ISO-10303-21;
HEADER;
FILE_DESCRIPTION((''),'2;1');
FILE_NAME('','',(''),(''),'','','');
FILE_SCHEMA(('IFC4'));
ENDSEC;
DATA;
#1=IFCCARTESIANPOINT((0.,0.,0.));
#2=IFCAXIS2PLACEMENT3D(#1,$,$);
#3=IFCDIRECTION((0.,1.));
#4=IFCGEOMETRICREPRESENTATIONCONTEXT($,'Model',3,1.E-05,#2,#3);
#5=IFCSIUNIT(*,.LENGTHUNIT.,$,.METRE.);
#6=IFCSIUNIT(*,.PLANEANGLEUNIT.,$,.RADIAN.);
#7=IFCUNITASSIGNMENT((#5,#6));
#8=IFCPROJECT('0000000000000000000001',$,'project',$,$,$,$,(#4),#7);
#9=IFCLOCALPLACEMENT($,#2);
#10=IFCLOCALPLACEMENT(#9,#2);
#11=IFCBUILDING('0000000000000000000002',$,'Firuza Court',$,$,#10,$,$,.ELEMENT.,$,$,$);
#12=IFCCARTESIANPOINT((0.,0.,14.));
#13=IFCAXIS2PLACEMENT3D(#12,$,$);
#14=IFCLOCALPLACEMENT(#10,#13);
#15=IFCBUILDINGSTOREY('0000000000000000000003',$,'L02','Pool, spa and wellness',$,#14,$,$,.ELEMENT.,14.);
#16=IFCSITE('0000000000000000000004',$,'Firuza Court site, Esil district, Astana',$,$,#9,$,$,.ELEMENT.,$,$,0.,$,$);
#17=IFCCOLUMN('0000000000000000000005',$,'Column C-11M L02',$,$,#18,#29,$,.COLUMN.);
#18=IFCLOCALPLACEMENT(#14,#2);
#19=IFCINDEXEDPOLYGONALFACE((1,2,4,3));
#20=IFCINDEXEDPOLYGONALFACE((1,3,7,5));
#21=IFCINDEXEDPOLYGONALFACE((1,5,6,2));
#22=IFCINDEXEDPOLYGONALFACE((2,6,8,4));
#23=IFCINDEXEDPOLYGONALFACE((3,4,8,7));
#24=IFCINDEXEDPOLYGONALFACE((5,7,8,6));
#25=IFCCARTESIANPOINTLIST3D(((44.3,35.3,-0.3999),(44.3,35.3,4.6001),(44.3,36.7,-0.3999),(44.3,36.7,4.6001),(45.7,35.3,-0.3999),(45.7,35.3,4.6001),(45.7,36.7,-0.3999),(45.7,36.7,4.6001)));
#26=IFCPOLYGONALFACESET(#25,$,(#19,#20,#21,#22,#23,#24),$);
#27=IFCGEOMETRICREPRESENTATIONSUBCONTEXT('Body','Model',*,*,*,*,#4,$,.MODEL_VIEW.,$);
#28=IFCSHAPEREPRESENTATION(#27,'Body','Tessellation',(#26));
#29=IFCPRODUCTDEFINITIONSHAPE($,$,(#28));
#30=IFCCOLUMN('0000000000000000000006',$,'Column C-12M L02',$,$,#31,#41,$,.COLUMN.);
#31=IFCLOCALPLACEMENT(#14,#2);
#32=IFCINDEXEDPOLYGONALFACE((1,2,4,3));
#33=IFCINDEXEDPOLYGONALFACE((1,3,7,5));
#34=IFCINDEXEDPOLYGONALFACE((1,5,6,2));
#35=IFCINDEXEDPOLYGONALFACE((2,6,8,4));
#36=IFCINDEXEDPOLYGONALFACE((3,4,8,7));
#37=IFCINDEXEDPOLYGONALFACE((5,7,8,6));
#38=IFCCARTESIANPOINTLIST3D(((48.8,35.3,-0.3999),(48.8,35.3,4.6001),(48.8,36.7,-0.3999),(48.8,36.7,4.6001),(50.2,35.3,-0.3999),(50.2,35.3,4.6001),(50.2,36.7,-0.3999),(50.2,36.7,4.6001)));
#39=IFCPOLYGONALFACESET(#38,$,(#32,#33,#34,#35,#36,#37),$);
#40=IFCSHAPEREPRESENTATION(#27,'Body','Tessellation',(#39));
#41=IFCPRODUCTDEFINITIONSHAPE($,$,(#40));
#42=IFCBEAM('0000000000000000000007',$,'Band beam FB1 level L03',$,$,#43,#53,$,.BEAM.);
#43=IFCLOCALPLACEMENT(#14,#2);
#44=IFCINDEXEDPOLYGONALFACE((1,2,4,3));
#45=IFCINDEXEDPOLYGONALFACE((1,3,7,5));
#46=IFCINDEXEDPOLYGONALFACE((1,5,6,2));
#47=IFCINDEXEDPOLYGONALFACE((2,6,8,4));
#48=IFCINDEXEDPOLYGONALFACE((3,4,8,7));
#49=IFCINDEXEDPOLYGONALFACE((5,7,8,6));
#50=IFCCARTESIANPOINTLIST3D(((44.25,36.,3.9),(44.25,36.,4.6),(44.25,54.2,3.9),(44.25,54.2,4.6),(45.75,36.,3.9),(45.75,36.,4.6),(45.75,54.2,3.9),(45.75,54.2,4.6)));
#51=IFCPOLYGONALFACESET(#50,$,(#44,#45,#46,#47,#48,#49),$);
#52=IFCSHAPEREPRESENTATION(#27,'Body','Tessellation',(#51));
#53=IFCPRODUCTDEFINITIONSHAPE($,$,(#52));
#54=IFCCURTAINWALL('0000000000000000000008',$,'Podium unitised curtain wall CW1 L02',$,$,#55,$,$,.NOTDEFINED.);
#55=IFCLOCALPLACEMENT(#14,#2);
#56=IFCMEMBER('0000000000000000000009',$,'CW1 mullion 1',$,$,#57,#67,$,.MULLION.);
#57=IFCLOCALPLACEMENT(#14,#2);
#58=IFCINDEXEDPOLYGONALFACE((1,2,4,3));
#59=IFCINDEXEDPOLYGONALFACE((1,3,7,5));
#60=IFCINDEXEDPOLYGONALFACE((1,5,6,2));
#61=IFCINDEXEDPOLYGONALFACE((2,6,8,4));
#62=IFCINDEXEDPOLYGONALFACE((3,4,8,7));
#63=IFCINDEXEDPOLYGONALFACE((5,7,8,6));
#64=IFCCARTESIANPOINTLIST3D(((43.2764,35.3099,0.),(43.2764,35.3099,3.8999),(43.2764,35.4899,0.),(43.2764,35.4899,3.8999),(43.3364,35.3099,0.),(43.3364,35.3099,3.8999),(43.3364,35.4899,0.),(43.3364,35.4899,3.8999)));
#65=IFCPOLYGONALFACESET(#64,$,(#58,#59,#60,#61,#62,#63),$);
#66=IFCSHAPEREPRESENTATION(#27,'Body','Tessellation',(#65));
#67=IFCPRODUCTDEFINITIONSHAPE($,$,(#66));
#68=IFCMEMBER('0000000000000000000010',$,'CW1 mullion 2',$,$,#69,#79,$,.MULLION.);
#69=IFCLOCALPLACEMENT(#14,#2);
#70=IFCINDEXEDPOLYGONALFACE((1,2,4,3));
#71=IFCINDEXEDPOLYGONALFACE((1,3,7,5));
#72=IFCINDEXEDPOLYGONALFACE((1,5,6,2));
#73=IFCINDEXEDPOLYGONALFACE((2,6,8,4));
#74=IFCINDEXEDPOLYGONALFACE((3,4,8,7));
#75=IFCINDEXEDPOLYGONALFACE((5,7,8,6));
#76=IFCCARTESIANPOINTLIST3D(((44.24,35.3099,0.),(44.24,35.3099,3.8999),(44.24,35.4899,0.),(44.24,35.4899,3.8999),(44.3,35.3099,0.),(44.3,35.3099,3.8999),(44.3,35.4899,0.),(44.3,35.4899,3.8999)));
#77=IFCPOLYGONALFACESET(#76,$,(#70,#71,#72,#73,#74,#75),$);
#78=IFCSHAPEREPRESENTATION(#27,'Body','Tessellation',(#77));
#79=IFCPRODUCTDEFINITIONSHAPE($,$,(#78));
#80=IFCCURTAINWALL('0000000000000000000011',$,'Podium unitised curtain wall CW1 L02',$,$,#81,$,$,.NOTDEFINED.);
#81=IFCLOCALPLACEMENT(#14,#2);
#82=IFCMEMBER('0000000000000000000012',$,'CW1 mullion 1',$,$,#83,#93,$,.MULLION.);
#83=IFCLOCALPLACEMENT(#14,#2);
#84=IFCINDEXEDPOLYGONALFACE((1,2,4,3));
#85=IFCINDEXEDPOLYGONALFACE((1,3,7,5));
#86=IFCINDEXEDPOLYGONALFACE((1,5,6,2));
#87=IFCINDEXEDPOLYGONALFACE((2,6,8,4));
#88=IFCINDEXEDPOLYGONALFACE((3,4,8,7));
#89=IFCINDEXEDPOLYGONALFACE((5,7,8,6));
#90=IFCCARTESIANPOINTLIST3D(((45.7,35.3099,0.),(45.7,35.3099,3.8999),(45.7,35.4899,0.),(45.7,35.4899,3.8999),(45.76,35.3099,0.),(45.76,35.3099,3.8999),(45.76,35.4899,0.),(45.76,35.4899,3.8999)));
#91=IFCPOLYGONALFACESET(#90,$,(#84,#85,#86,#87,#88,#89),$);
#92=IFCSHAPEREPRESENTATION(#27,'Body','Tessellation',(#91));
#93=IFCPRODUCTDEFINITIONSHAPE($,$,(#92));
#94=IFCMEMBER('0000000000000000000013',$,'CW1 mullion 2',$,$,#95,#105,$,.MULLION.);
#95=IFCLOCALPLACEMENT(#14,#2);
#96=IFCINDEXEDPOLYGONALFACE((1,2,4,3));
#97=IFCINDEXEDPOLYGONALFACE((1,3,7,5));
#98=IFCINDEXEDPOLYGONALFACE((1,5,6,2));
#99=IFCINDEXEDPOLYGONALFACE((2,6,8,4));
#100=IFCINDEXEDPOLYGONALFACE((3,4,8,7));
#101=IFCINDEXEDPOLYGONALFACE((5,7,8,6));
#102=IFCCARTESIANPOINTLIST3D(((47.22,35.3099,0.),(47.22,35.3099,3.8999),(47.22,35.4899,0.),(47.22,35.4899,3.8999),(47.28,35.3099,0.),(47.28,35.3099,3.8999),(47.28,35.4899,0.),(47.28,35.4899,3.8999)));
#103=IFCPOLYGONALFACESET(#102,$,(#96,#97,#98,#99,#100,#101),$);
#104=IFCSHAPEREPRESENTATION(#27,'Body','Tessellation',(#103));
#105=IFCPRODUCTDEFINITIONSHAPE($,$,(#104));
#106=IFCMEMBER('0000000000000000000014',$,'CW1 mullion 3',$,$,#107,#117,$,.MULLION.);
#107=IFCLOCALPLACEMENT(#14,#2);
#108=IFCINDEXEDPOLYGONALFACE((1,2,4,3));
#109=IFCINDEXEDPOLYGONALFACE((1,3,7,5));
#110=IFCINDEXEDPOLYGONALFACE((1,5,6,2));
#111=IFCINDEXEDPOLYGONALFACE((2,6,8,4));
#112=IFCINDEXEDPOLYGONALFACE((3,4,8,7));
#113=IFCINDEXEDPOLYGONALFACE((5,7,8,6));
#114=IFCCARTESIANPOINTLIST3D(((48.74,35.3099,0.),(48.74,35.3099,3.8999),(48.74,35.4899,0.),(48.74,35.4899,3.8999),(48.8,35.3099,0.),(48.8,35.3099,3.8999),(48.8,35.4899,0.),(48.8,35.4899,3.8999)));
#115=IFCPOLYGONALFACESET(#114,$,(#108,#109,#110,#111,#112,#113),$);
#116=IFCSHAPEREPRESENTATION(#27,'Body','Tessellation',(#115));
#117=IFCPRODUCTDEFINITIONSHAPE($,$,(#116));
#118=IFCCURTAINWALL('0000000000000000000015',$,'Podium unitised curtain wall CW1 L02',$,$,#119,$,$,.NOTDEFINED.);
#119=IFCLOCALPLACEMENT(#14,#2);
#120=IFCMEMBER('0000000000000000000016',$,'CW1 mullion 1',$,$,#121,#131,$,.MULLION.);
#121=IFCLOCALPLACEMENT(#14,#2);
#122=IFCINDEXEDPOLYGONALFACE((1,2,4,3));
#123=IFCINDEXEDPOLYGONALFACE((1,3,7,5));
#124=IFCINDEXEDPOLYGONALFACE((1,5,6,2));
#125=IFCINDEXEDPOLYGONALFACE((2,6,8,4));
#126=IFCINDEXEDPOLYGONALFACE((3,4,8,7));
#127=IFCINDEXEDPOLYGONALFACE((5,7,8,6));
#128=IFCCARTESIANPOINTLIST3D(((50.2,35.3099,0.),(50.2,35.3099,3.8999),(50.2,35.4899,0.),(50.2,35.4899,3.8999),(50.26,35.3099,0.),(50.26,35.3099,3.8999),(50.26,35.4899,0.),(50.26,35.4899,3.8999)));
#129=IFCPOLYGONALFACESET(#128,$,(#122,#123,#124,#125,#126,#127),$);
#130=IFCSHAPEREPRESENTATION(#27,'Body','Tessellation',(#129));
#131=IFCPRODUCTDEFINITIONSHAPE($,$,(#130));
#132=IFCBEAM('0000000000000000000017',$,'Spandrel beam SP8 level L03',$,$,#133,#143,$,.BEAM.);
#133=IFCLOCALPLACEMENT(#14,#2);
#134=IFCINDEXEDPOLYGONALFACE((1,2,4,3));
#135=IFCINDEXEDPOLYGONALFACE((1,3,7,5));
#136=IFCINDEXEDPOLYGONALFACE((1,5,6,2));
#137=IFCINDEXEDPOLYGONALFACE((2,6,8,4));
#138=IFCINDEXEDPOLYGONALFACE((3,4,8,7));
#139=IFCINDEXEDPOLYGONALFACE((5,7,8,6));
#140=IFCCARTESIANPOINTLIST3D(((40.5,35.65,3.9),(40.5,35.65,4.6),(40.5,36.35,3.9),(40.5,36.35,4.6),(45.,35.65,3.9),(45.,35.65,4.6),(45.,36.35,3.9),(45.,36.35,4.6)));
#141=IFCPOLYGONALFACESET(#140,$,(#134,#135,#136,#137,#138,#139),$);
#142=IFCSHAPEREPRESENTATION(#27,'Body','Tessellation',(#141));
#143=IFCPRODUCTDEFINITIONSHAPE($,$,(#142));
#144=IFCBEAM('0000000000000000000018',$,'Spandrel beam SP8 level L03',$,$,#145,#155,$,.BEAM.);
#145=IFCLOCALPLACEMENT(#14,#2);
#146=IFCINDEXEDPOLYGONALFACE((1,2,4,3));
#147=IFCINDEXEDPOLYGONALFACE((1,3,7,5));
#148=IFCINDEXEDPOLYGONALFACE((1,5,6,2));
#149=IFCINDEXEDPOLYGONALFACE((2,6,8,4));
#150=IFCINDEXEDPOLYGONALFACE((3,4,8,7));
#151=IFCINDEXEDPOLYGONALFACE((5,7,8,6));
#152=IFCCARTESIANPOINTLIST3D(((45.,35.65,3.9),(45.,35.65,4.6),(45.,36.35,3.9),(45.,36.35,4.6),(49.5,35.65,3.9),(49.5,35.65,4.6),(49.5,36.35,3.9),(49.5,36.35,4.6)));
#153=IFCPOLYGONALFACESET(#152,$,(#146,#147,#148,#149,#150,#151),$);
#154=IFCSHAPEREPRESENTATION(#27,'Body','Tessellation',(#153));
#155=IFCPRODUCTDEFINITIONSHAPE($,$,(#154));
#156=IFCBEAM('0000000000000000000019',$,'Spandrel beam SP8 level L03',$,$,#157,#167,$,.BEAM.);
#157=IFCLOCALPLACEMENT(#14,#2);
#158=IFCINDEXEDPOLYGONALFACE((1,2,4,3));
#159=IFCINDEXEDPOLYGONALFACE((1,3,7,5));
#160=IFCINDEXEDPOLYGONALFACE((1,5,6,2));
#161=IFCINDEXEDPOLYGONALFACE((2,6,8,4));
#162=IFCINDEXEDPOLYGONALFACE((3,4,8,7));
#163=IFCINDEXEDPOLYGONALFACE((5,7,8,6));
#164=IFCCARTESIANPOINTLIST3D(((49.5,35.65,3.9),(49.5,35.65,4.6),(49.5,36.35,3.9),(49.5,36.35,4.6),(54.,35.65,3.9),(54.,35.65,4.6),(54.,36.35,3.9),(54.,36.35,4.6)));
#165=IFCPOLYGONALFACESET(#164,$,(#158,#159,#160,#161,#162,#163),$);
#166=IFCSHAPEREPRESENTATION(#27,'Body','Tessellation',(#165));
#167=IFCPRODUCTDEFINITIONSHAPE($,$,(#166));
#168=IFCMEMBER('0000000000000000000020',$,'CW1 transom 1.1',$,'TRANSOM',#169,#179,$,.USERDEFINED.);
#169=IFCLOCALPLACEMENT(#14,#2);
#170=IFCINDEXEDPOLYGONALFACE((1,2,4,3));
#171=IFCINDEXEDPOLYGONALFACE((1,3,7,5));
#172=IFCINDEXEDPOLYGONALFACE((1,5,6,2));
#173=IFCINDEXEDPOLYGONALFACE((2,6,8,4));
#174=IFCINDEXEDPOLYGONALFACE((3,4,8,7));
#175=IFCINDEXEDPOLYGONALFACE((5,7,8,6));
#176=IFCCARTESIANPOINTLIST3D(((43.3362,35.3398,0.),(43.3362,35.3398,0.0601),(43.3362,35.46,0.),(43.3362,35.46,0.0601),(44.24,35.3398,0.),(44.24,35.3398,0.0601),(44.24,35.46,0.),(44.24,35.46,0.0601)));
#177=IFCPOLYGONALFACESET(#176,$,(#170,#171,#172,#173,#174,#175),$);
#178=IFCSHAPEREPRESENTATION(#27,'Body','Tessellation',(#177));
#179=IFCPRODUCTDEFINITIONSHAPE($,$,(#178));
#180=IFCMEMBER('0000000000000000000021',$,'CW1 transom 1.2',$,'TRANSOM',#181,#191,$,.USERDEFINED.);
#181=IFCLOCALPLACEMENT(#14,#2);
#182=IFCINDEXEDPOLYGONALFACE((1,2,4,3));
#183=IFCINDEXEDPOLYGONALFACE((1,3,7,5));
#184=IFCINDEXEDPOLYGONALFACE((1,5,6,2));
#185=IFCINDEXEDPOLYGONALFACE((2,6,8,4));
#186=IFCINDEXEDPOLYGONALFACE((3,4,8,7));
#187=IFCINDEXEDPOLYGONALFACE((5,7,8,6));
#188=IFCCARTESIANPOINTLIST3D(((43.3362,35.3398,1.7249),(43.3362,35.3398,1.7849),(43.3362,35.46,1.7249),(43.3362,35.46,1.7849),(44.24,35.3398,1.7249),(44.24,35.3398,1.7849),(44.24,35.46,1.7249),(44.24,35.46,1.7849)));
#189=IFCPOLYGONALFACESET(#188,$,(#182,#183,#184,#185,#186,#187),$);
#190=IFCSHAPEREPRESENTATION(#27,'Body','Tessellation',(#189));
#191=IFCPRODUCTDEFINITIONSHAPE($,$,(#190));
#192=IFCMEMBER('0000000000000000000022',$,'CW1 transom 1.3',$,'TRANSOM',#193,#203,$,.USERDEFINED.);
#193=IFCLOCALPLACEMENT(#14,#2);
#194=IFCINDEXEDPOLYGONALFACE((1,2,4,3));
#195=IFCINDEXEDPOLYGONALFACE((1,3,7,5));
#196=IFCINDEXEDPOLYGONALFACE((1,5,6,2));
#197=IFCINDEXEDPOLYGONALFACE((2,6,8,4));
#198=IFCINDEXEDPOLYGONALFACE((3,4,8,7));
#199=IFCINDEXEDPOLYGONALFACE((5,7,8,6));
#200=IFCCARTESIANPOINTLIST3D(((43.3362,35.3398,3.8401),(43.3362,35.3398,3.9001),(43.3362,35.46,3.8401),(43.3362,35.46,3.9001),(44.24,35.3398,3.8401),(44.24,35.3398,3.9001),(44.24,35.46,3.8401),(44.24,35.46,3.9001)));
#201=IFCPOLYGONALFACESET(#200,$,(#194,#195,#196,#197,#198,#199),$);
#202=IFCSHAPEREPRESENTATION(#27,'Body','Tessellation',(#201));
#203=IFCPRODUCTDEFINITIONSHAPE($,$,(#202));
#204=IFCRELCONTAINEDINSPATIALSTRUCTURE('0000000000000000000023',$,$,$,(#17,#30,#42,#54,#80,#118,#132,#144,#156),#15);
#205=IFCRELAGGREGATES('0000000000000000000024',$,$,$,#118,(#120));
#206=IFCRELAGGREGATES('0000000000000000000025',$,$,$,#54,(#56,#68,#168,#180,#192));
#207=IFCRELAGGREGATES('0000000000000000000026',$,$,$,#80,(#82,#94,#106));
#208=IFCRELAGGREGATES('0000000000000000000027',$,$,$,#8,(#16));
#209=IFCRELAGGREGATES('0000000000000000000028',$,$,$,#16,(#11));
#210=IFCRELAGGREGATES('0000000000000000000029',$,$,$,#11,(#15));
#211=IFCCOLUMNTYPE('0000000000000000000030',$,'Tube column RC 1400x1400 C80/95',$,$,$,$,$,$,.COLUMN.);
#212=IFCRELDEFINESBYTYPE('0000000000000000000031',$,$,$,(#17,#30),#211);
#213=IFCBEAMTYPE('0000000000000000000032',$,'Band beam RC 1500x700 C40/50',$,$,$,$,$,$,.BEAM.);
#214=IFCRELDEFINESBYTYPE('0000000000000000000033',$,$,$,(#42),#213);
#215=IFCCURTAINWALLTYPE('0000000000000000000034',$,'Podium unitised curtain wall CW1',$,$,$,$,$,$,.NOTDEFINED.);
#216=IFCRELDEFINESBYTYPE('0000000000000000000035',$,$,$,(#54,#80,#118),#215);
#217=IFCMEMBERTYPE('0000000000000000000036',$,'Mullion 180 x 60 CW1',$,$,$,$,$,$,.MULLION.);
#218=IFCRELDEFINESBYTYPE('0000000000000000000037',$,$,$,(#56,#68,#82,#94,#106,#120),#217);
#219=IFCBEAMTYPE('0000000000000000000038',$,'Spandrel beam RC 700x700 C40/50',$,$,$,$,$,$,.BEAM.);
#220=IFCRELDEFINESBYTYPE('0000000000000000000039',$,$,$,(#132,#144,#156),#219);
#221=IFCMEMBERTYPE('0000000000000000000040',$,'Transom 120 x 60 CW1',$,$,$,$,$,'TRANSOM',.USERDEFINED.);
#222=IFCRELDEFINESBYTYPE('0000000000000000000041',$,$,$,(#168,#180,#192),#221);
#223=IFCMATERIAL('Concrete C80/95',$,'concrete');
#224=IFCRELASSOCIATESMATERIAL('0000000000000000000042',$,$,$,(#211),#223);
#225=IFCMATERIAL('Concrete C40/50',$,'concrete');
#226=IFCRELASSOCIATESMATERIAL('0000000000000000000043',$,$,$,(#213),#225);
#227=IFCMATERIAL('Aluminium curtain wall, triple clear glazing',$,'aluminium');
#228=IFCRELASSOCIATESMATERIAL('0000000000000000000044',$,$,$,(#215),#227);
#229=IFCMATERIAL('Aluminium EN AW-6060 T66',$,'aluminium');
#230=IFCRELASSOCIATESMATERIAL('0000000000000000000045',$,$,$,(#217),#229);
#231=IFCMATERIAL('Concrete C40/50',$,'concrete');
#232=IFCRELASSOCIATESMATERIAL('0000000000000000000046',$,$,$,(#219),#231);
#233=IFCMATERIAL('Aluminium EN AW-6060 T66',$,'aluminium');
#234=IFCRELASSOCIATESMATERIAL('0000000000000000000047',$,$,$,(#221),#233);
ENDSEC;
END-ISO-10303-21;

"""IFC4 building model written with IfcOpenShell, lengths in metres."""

from ifc_helpers import new_model, si_unit, direction, frame, origin, origin_2d, place, context, subcontext, project, spatial, rectangle, extrude, material, material_profile, profile_set, type_object, element, aggregate, save


model = new_model("IFC4")

# Units and contexts
model_context = context("Model", 3, precision=1e-05, world=origin(), true_north=direction((0.0, 1.0)))
body_context = subcontext(model_context, "Body", "Model", "MODEL_VIEW")
ifc_project = project(units=[si_unit("LENGTHUNIT", "METRE"), si_unit("PLANEANGLEUNIT", "RADIAN")], contexts=[model_context])

# Site, building, storey
site_placement = place(None, origin())
site = spatial("IfcSite", under=ifc_project, at=site_placement, Name="Firuza Court site, Esil district, Astana", CompositionType="ELEMENT", RefElevation=0.0)
building_placement = place(site_placement, origin())
building = spatial("IfcBuilding", under=site, at=building_placement, Name="Firuza Court", CompositionType="ELEMENT")
storey_placement = place(building_placement, frame((0.0, 0.0, 14.0)))
storey = spatial("IfcBuildingStorey", under=building, at=storey_placement, Name="L02", Description="Pool, spa and wellness", CompositionType="ELEMENT", Elevation=14.0)

# Columns
ifc_material_1 = material(Name="Concrete C80/95", Category="concrete")
ifc_material_profile_1 = material_profile(ifc_material_1, rectangle(XDim=1.3999, YDim=1.3999, at=origin_2d()), Name="RC 1400x1400")
ifc_profile_set_1 = profile_set([ifc_material_profile_1], Name="Concrete C80/95")
column_type = type_object("IfcColumnType", Name="Tube column RC 1400x1400 C80/95", PredefinedType="COLUMN", material=ifc_profile_set_1)
for number, where, z_axis, x_axis, name in (
    (1, (45.0, 36.0, -0.3999), (0.0, 0.0, 1.0), (1.0, 0.0, 0.0), "Column C-11M L02"),
    (2, (49.5, 36.0, -0.3999), (0.0, 0.0, 1.0), (1.0, 0.0, 0.0), "Column C-12M L02"),
):
    element("IfcColumn", number, at=place(storey_placement, frame(where, z_axis=z_axis, x_axis=x_axis)), inside=storey, type_object=column_type, Name=name, PredefinedType="COLUMN", context=body_context, shape_type="SweptSolid", body=[
        extrude(rectangle(XDim=1.3999, YDim=1.3999, at=origin_2d()), origin(), (0.0, 0.0, 1.0), 5.0),
    ])

# Beam
ifc_material_2 = material(Name="Concrete C40/50", Category="concrete")
ifc_material_profile_2 = material_profile(ifc_material_2, rectangle(XDim=1.5, YDim=0.7, at=origin_2d()), Name="RC 1500x700")
ifc_profile_set_2 = profile_set([ifc_material_profile_2], Name="Concrete C40/50")
beam_type_1 = type_object("IfcBeamType", Name="Band beam RC 1500x700 C40/50", PredefinedType="BEAM", material=ifc_profile_set_2)
beam_placement = place(storey_placement, frame((45.0, 36.0, 4.25), z_axis=(0.0, 1.0, 0.0), x_axis=(-1.0, 0.0, 0.0)))
element("IfcBeam", 3, at=beam_placement, inside=storey, type_object=beam_type_1, Name="Band beam FB1 level L03", PredefinedType="BEAM", context=body_context, shape_type="SweptSolid", body=[
    extrude(rectangle(XDim=1.5, YDim=0.7, at=origin_2d()), origin(), (0.0, 0.0, 1.0), 18.2),
])

# Curtain walls, members
ifc_material_3 = material(Name="Aluminium curtain wall, triple clear glazing", Category="aluminium")
curtain_wall_type = type_object("IfcCurtainWallType", Name="Podium unitised curtain wall CW1", PredefinedType="NOTDEFINED", material=ifc_material_3)
curtain_wall_1_placement = place(storey_placement, origin())
curtain_wall_1 = element("IfcCurtainWall", 4, at=curtain_wall_1_placement, inside=storey, type_object=curtain_wall_type, Name="Podium unitised curtain wall CW1 L02", PredefinedType="NOTDEFINED")
ifc_material_4 = material(Name="Aluminium EN AW-6060 T66", Category="aluminium")
ifc_material_profile_3 = material_profile(ifc_material_4, rectangle(XDim=0.1799, YDim=0.0601, at=origin_2d()), Name="Mullion 180 x 60 CW1")
ifc_profile_set_3 = profile_set([ifc_material_profile_3], Name="Aluminium EN AW-6060 T66")
member_type_1 = type_object("IfcMemberType", Name="Mullion 180 x 60 CW1", PredefinedType="MULLION", material=ifc_profile_set_3)
member_1_placement = place(storey_placement, frame((43.3064, 35.3999, 0.0), z_axis=(0.0, 0.0, 1.0), x_axis=(0.0, 1.0, 0.0)))
member_1 = element("IfcMember", 5, at=member_1_placement, type_object=member_type_1, Name="CW1 mullion 1", PredefinedType="MULLION", context=body_context, shape_type="SweptSolid", body=[
    extrude(rectangle(XDim=0.1799, YDim=0.0601, at=origin_2d()), origin(), (0.0, 0.0, 1.0), 3.8999),
])
member_2_placement = place(storey_placement, frame((44.27, 35.3999, 0.0), z_axis=(0.0, 0.0, 1.0), x_axis=(0.0, 1.0, 0.0)))
member_2 = element("IfcMember", 6, at=member_2_placement, type_object=member_type_1, Name="CW1 mullion 2", PredefinedType="MULLION", context=body_context, shape_type="SweptSolid", body=[
    extrude(rectangle(XDim=0.1799, YDim=0.0601, at=origin_2d()), origin(), (0.0, 0.0, 1.0), 3.8999),
])
curtain_wall_2_placement = place(storey_placement, origin())
curtain_wall_2 = element("IfcCurtainWall", 7, at=curtain_wall_2_placement, inside=storey, type_object=curtain_wall_type, Name="Podium unitised curtain wall CW1 L02", PredefinedType="NOTDEFINED")
member_3_placement = place(storey_placement, frame((45.73, 35.3999, 0.0), z_axis=(0.0, 0.0, 1.0), x_axis=(0.0, 1.0, 0.0)))
member_3 = element("IfcMember", 8, at=member_3_placement, type_object=member_type_1, Name="CW1 mullion 1", PredefinedType="MULLION", context=body_context, shape_type="SweptSolid", body=[
    extrude(rectangle(XDim=0.1799, YDim=0.0601, at=origin_2d()), origin(), (0.0, 0.0, 1.0), 3.8999),
])
member_4_placement = place(storey_placement, frame((47.25, 35.3999, 0.0), z_axis=(0.0, 0.0, 1.0), x_axis=(0.0, 1.0, 0.0)))
member_4 = element("IfcMember", 9, at=member_4_placement, type_object=member_type_1, Name="CW1 mullion 2", PredefinedType="MULLION", context=body_context, shape_type="SweptSolid", body=[
    extrude(rectangle(XDim=0.1799, YDim=0.0601, at=origin_2d()), origin(), (0.0, 0.0, 1.0), 3.8999),
])
member_5_placement = place(storey_placement, frame((48.77, 35.3999, 0.0), z_axis=(0.0, 0.0, 1.0), x_axis=(0.0, 1.0, 0.0)))
member_5 = element("IfcMember", 10, at=member_5_placement, type_object=member_type_1, Name="CW1 mullion 3", PredefinedType="MULLION", context=body_context, shape_type="SweptSolid", body=[
    extrude(rectangle(XDim=0.1799, YDim=0.0601, at=origin_2d()), origin(), (0.0, 0.0, 1.0), 3.8999),
])

# Curtain wall, member
curtain_wall_3_placement = place(storey_placement, origin())
curtain_wall_3 = element("IfcCurtainWall", 11, at=curtain_wall_3_placement, inside=storey, type_object=curtain_wall_type, Name="Podium unitised curtain wall CW1 L02", PredefinedType="NOTDEFINED")
member_6_placement = place(storey_placement, frame((50.23, 35.3999, 0.0), z_axis=(0.0, 0.0, 1.0), x_axis=(0.0, 1.0, 0.0)))
member_6 = element("IfcMember", 12, at=member_6_placement, type_object=member_type_1, Name="CW1 mullion 1", PredefinedType="MULLION", context=body_context, shape_type="SweptSolid", body=[
    extrude(rectangle(XDim=0.1799, YDim=0.0601, at=origin_2d()), origin(), (0.0, 0.0, 1.0), 3.8999),
])
aggregate(curtain_wall_3, [member_6])

# Beams
ifc_material_5 = material(Name="Concrete C40/50", Category="concrete")
ifc_material_profile_4 = material_profile(ifc_material_5, rectangle(XDim=0.7, YDim=0.7, at=origin_2d()), Name="RC 700x700")
ifc_profile_set_4 = profile_set([ifc_material_profile_4], Name="Concrete C40/50")
beam_type_2 = type_object("IfcBeamType", Name="Spandrel beam RC 700x700 C40/50", PredefinedType="BEAM", material=ifc_profile_set_4)
for number, where, z_axis, x_axis, name in (
    (13, (40.5, 36.0, 4.25), (1.0, 0.0, 0.0), (0.0, 1.0, 0.0), "Spandrel beam SP8 level L03"),
    (14, (45.0, 36.0, 4.25), (1.0, 0.0, 0.0), (0.0, 1.0, 0.0), "Spandrel beam SP8 level L03"),
    (15, (49.5, 36.0, 4.25), (1.0, 0.0, 0.0), (0.0, 1.0, 0.0), "Spandrel beam SP8 level L03"),
):
    element("IfcBeam", number, at=place(storey_placement, frame(where, z_axis=z_axis, x_axis=x_axis)), inside=storey, type_object=beam_type_2, Name=name, PredefinedType="BEAM", context=body_context, shape_type="SweptSolid", body=[
        extrude(rectangle(XDim=0.7, YDim=0.7, at=origin_2d()), origin(), (0.0, 0.0, 1.0), 4.5),
    ])

# Members
ifc_material_6 = material(Name="Aluminium EN AW-6060 T66", Category="aluminium")
ifc_material_profile_5 = material_profile(ifc_material_6, rectangle(XDim=0.1201, YDim=0.0601, at=origin_2d()), Name="Transom 120 x 60 CW1")
ifc_profile_set_5 = profile_set([ifc_material_profile_5], Name="Aluminium EN AW-6060 T66")
member_type_2 = type_object("IfcMemberType", Name="Transom 120 x 60 CW1", ElementType="TRANSOM", PredefinedType="USERDEFINED", material=ifc_profile_set_5)
member_7_placement = place(storey_placement, frame((43.3362, 35.3999, 0.03), z_axis=(1.0, 0.0, 0.0), x_axis=(0.0, 1.0, 0.0)))
member_7 = element("IfcMember", 16, at=member_7_placement, type_object=member_type_2, Name="CW1 transom 1.1", ObjectType="TRANSOM", PredefinedType="USERDEFINED", context=body_context, shape_type="SweptSolid", body=[
    extrude(rectangle(XDim=0.1201, YDim=0.0601, at=origin_2d()), origin(), (0.0, 0.0, 1.0), 0.9038),
])
member_8_placement = place(storey_placement, frame((43.3362, 35.3999, 1.7549), z_axis=(1.0, 0.0, 0.0), x_axis=(0.0, 1.0, 0.0)))
member_8 = element("IfcMember", 17, at=member_8_placement, type_object=member_type_2, Name="CW1 transom 1.2", ObjectType="TRANSOM", PredefinedType="USERDEFINED", context=body_context, shape_type="SweptSolid", body=[
    extrude(rectangle(XDim=0.1201, YDim=0.0601, at=origin_2d()), origin(), (0.0, 0.0, 1.0), 0.9038),
])
member_9_placement = place(storey_placement, frame((43.3362, 35.3999, 3.8701), z_axis=(1.0, 0.0, 0.0), x_axis=(0.0, 1.0, 0.0)))
member_9 = element("IfcMember", 18, at=member_9_placement, type_object=member_type_2, Name="CW1 transom 1.3", ObjectType="TRANSOM", PredefinedType="USERDEFINED", context=body_context, shape_type="SweptSolid", body=[
    extrude(rectangle(XDim=0.1201, YDim=0.0601, at=origin_2d()), origin(), (0.0, 0.0, 1.0), 0.9038),
])

aggregate(curtain_wall_1, [member_1, member_2, member_7, member_8, member_9])
aggregate(curtain_wall_2, [member_3, member_4, member_5])

save(model, "model.ifc")
